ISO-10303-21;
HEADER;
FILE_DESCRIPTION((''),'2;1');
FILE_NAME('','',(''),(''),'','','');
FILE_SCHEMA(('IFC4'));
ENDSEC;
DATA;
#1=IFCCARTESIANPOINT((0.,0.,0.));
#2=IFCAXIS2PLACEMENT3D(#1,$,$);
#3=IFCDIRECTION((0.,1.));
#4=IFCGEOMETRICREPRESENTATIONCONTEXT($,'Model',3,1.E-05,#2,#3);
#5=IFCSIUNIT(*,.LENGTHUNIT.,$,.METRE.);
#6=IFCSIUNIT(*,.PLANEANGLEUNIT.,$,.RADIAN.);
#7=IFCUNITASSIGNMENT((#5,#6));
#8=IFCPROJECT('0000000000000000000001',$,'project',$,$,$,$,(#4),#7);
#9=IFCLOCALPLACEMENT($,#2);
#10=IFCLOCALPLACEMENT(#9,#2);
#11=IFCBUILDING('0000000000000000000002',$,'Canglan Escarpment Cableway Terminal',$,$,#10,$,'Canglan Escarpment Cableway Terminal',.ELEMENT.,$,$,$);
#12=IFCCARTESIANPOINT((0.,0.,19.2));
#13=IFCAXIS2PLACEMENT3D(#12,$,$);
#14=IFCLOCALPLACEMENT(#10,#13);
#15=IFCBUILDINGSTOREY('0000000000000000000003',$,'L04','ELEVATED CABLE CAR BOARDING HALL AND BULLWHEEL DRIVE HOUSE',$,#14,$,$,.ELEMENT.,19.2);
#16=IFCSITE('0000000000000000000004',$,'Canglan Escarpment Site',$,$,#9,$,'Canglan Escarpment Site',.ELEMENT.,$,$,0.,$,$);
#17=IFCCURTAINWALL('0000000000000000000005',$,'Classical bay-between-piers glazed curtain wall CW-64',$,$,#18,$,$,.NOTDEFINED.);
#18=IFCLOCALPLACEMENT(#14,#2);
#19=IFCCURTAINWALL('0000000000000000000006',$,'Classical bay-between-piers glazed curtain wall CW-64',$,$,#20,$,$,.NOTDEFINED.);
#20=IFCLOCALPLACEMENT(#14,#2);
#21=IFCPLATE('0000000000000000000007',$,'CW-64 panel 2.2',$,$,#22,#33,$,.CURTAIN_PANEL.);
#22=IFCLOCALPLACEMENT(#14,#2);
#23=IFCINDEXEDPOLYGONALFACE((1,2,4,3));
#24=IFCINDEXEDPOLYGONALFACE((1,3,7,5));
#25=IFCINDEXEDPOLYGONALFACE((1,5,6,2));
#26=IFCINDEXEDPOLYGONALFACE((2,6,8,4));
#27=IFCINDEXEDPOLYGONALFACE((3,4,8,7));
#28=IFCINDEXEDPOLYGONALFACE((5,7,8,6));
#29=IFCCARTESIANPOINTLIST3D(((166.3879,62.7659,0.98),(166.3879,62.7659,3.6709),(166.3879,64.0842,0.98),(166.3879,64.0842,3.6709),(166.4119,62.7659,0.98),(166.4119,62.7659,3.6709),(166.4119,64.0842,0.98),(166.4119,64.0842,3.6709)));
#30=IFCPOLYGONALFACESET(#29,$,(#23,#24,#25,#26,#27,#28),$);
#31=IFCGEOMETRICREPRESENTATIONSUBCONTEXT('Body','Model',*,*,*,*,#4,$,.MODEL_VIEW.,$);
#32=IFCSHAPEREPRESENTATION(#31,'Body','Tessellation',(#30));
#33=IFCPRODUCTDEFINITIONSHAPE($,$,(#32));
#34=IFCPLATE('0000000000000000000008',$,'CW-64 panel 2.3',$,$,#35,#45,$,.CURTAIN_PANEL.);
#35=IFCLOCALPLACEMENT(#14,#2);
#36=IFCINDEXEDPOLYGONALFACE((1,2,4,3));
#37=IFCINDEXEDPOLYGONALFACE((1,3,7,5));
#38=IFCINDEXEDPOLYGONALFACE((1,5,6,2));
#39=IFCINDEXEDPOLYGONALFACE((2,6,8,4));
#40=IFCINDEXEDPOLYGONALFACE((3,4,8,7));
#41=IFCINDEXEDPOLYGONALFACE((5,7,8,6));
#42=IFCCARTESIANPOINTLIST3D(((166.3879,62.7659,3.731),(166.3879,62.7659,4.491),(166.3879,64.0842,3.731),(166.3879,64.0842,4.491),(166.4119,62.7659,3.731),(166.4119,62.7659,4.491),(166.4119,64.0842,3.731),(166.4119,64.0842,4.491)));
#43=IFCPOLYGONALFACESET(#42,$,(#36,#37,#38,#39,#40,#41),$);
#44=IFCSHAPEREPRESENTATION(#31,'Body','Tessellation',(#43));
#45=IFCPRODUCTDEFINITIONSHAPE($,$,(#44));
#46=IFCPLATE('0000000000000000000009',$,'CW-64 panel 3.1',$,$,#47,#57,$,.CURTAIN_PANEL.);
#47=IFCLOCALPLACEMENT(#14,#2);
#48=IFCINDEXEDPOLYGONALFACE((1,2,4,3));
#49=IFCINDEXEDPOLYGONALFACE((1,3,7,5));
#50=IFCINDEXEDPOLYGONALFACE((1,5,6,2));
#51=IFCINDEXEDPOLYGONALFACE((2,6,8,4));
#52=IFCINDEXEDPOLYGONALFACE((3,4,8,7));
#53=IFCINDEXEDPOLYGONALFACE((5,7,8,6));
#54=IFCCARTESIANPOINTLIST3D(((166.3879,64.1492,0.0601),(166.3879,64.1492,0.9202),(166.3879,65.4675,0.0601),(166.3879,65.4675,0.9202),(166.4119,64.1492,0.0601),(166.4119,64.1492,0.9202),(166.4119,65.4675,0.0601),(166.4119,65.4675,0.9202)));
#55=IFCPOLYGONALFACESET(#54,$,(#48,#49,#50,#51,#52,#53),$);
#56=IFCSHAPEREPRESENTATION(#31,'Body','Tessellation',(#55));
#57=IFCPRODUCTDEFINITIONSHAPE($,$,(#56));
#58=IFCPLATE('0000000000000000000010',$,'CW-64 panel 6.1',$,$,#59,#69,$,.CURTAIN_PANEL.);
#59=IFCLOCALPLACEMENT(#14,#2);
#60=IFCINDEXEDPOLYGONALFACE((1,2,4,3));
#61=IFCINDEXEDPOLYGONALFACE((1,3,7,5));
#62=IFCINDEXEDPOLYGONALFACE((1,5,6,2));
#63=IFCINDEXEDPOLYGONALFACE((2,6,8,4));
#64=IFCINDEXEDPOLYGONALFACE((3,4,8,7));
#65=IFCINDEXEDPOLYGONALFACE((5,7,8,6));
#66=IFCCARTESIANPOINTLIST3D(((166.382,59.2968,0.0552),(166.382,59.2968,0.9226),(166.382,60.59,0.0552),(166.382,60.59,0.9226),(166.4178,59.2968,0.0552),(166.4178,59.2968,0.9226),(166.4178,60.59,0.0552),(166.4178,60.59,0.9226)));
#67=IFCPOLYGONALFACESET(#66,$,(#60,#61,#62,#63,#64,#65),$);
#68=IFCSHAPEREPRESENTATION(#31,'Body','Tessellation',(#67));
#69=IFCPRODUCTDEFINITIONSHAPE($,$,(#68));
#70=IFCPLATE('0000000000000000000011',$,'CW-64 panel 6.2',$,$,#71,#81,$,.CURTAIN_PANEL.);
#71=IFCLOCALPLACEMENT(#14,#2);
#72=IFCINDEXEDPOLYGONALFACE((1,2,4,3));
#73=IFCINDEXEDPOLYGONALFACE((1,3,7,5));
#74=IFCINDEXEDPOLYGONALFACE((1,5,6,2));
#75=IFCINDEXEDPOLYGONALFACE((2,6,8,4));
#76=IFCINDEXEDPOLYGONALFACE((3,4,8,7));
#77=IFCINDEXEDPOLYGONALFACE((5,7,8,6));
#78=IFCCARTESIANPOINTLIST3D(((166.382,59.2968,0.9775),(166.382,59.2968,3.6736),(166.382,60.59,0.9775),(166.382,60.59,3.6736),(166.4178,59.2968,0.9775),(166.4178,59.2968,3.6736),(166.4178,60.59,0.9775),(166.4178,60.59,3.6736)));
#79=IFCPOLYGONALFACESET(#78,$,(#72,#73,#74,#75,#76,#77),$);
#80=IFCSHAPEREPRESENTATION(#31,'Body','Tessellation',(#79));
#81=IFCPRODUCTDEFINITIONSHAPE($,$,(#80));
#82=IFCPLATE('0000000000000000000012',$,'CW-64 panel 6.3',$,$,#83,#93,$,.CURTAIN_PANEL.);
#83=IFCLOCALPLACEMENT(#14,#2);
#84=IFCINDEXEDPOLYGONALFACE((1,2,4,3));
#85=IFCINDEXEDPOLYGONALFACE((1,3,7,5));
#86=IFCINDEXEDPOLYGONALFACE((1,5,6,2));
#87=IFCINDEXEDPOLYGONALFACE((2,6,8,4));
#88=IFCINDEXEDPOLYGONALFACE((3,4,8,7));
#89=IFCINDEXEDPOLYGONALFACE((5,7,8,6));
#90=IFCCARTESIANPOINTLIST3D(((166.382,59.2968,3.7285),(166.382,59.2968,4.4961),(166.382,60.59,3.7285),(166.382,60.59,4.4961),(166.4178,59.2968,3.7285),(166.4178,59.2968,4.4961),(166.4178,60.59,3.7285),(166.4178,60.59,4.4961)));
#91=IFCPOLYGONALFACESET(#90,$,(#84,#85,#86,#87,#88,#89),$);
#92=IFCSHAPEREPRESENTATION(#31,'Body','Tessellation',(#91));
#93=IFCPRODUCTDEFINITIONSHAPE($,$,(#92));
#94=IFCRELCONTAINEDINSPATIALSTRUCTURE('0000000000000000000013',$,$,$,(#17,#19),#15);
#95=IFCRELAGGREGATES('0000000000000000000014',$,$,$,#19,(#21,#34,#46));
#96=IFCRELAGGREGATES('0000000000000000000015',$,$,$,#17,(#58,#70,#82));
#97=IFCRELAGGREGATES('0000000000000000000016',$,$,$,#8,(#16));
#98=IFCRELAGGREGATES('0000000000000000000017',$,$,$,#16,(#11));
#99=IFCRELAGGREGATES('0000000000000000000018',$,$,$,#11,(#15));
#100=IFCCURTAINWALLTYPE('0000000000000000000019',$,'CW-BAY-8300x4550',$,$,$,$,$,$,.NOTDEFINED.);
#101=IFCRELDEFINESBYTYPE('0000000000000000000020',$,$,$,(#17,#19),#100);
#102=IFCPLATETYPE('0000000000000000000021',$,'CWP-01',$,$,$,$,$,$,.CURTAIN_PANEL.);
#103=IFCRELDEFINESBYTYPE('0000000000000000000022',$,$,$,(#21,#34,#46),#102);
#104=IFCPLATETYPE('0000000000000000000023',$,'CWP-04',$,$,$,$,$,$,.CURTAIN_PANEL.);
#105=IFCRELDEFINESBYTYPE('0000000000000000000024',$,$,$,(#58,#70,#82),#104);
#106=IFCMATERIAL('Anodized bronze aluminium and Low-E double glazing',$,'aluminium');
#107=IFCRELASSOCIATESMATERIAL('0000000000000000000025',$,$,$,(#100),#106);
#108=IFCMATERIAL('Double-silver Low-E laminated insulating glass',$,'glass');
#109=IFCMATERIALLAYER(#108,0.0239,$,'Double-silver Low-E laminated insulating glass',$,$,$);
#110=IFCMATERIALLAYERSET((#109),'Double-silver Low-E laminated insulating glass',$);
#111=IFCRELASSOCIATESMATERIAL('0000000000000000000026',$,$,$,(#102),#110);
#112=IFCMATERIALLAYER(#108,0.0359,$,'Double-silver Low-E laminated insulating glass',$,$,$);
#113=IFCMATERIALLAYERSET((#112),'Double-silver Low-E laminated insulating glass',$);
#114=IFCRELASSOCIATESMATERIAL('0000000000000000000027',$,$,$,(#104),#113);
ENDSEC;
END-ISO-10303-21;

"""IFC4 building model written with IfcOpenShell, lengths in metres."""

from ifc_helpers import new_model, si_unit, direction, frame, origin, origin_2d, place, context, subcontext, project, spatial, rectangle, extrude, material, layer, layer_set, type_object, element, aggregate, save


model = new_model("IFC4")

# Units and contexts
model_context = context("Model", 3, precision=1e-05, world=origin(), true_north=direction((0.0, 1.0)))
body_context = subcontext(model_context, "Body", "Model", "MODEL_VIEW")
ifc_project = project(units=[si_unit("LENGTHUNIT", "METRE"), si_unit("PLANEANGLEUNIT", "RADIAN")], contexts=[model_context])

# Site, building, storey
site_placement = place(None, origin())
site = spatial("IfcSite", under=ifc_project, at=site_placement, Name="Canglan Escarpment Site", LongName="Canglan Escarpment Site", CompositionType="ELEMENT", RefElevation=0.0)
building_placement = place(site_placement, origin())
building = spatial("IfcBuilding", under=site, at=building_placement, Name="Canglan Escarpment Cableway Terminal", LongName="Canglan Escarpment Cableway Terminal", CompositionType="ELEMENT")
storey_placement = place(building_placement, frame((0.0, 0.0, 19.2)))
storey = spatial("IfcBuildingStorey", under=building, at=storey_placement, Name="L04", Description="ELEVATED CABLE CAR BOARDING HALL AND BULLWHEEL DRIVE HOUSE", CompositionType="ELEMENT", Elevation=19.2)

# Curtain walls
ifc_material_1 = material(Name="Anodized bronze aluminium and Low-E double glazing", Category="aluminium")
curtain_wall_type = type_object("IfcCurtainWallType", Name="CW-BAY-8300x4550", PredefinedType="NOTDEFINED", material=ifc_material_1)
curtain_wall_1_placement = place(storey_placement, origin())
curtain_wall_1 = element("IfcCurtainWall", 1, at=curtain_wall_1_placement, inside=storey, type_object=curtain_wall_type, Name="Classical bay-between-piers glazed curtain wall CW-64", PredefinedType="NOTDEFINED")
curtain_wall_2_placement = place(storey_placement, origin())
curtain_wall_2 = element("IfcCurtainWall", 2, at=curtain_wall_2_placement, inside=storey, type_object=curtain_wall_type, Name="Classical bay-between-piers glazed curtain wall CW-64", PredefinedType="NOTDEFINED")

# Plates
ifc_material_2 = material(Name="Double-silver Low-E laminated insulating glass", Category="glass")
ifc_layer_1 = layer(ifc_material_2, 0.0239, Name="Double-silver Low-E laminated insulating glass")
ifc_layer_set_1 = layer_set([ifc_layer_1], Name="Double-silver Low-E laminated insulating glass")
plate_type_1 = type_object("IfcPlateType", Name="CWP-01", PredefinedType="CURTAIN_PANEL", material=ifc_layer_set_1)
plate_1_placement = place(storey_placement, frame((166.3999, 63.425, 0.98), z_axis=(0.0, 0.0, 1.0), x_axis=(0.0, 1.0, 0.0)))
plate_1 = element("IfcPlate", 3, at=plate_1_placement, type_object=plate_type_1, Name="CW-64 panel 2.2", PredefinedType="CURTAIN_PANEL", context=body_context, shape_type="SweptSolid", body=[
    extrude(rectangle(XDim=1.3184, YDim=0.0239, at=origin_2d()), origin(), (0.0, 0.0, 1.0), 2.6909),
])
plate_2_placement = place(storey_placement, frame((166.3999, 63.425, 3.731), z_axis=(0.0, 0.0, 1.0), x_axis=(0.0, 1.0, 0.0)))
plate_2 = element("IfcPlate", 4, at=plate_2_placement, type_object=plate_type_1, Name="CW-64 panel 2.3", PredefinedType="CURTAIN_PANEL", context=body_context, shape_type="SweptSolid", body=[
    extrude(rectangle(XDim=1.3184, YDim=0.0239, at=origin_2d()), origin(), (0.0, 0.0, 1.0), 0.76),
])
plate_3_placement = place(storey_placement, frame((166.3999, 64.8083, 0.0601), z_axis=(0.0, 0.0, 1.0), x_axis=(0.0, 1.0, 0.0)))
plate_3 = element("IfcPlate", 5, at=plate_3_placement, type_object=plate_type_1, Name="CW-64 panel 3.1", PredefinedType="CURTAIN_PANEL", context=body_context, shape_type="SweptSolid", body=[
    extrude(rectangle(XDim=1.3184, YDim=0.0239, at=origin_2d()), origin(), (0.0, 0.0, 1.0), 0.8601),
])
aggregate(curtain_wall_2, [plate_1, plate_2, plate_3])
ifc_layer_2 = layer(ifc_material_2, 0.0359, Name="Double-silver Low-E laminated insulating glass")
ifc_layer_set_2 = layer_set([ifc_layer_2], Name="Double-silver Low-E laminated insulating glass")
plate_type_2 = type_object("IfcPlateType", Name="CWP-04", PredefinedType="CURTAIN_PANEL", material=ifc_layer_set_2)
plate_4_placement = place(storey_placement, frame((166.3999, 59.9434, 0.0552), z_axis=(0.0, 0.0, 1.0), x_axis=(0.0, 1.0, 0.0)))
plate_4 = element("IfcPlate", 6, at=plate_4_placement, type_object=plate_type_2, Name="CW-64 panel 6.1", PredefinedType="CURTAIN_PANEL", context=body_context, shape_type="SweptSolid", body=[
    extrude(rectangle(XDim=1.2932, YDim=0.0359, at=origin_2d()), origin(), (0.0, 0.0, 1.0), 0.8674),
])
plate_5_placement = place(storey_placement, frame((166.3999, 59.9434, 0.9775), z_axis=(0.0, 0.0, 1.0), x_axis=(0.0, 1.0, 0.0)))
plate_5 = element("IfcPlate", 7, at=plate_5_placement, type_object=plate_type_2, Name="CW-64 panel 6.2", PredefinedType="CURTAIN_PANEL", context=body_context, shape_type="SweptSolid", body=[
    extrude(rectangle(XDim=1.2932, YDim=0.0359, at=origin_2d()), origin(), (0.0, 0.0, 1.0), 2.696),
])
plate_6_placement = place(storey_placement, frame((166.3999, 59.9434, 3.7285), z_axis=(0.0, 0.0, 1.0), x_axis=(0.0, 1.0, 0.0)))
plate_6 = element("IfcPlate", 8, at=plate_6_placement, type_object=plate_type_2, Name="CW-64 panel 6.3", PredefinedType="CURTAIN_PANEL", context=body_context, shape_type="SweptSolid", body=[
    extrude(rectangle(XDim=1.2932, YDim=0.0359, at=origin_2d()), origin(), (0.0, 0.0, 1.0), 0.7676),
])
aggregate(curtain_wall_1, [plate_4, plate_5, plate_6])

save(model, "model.ifc")
